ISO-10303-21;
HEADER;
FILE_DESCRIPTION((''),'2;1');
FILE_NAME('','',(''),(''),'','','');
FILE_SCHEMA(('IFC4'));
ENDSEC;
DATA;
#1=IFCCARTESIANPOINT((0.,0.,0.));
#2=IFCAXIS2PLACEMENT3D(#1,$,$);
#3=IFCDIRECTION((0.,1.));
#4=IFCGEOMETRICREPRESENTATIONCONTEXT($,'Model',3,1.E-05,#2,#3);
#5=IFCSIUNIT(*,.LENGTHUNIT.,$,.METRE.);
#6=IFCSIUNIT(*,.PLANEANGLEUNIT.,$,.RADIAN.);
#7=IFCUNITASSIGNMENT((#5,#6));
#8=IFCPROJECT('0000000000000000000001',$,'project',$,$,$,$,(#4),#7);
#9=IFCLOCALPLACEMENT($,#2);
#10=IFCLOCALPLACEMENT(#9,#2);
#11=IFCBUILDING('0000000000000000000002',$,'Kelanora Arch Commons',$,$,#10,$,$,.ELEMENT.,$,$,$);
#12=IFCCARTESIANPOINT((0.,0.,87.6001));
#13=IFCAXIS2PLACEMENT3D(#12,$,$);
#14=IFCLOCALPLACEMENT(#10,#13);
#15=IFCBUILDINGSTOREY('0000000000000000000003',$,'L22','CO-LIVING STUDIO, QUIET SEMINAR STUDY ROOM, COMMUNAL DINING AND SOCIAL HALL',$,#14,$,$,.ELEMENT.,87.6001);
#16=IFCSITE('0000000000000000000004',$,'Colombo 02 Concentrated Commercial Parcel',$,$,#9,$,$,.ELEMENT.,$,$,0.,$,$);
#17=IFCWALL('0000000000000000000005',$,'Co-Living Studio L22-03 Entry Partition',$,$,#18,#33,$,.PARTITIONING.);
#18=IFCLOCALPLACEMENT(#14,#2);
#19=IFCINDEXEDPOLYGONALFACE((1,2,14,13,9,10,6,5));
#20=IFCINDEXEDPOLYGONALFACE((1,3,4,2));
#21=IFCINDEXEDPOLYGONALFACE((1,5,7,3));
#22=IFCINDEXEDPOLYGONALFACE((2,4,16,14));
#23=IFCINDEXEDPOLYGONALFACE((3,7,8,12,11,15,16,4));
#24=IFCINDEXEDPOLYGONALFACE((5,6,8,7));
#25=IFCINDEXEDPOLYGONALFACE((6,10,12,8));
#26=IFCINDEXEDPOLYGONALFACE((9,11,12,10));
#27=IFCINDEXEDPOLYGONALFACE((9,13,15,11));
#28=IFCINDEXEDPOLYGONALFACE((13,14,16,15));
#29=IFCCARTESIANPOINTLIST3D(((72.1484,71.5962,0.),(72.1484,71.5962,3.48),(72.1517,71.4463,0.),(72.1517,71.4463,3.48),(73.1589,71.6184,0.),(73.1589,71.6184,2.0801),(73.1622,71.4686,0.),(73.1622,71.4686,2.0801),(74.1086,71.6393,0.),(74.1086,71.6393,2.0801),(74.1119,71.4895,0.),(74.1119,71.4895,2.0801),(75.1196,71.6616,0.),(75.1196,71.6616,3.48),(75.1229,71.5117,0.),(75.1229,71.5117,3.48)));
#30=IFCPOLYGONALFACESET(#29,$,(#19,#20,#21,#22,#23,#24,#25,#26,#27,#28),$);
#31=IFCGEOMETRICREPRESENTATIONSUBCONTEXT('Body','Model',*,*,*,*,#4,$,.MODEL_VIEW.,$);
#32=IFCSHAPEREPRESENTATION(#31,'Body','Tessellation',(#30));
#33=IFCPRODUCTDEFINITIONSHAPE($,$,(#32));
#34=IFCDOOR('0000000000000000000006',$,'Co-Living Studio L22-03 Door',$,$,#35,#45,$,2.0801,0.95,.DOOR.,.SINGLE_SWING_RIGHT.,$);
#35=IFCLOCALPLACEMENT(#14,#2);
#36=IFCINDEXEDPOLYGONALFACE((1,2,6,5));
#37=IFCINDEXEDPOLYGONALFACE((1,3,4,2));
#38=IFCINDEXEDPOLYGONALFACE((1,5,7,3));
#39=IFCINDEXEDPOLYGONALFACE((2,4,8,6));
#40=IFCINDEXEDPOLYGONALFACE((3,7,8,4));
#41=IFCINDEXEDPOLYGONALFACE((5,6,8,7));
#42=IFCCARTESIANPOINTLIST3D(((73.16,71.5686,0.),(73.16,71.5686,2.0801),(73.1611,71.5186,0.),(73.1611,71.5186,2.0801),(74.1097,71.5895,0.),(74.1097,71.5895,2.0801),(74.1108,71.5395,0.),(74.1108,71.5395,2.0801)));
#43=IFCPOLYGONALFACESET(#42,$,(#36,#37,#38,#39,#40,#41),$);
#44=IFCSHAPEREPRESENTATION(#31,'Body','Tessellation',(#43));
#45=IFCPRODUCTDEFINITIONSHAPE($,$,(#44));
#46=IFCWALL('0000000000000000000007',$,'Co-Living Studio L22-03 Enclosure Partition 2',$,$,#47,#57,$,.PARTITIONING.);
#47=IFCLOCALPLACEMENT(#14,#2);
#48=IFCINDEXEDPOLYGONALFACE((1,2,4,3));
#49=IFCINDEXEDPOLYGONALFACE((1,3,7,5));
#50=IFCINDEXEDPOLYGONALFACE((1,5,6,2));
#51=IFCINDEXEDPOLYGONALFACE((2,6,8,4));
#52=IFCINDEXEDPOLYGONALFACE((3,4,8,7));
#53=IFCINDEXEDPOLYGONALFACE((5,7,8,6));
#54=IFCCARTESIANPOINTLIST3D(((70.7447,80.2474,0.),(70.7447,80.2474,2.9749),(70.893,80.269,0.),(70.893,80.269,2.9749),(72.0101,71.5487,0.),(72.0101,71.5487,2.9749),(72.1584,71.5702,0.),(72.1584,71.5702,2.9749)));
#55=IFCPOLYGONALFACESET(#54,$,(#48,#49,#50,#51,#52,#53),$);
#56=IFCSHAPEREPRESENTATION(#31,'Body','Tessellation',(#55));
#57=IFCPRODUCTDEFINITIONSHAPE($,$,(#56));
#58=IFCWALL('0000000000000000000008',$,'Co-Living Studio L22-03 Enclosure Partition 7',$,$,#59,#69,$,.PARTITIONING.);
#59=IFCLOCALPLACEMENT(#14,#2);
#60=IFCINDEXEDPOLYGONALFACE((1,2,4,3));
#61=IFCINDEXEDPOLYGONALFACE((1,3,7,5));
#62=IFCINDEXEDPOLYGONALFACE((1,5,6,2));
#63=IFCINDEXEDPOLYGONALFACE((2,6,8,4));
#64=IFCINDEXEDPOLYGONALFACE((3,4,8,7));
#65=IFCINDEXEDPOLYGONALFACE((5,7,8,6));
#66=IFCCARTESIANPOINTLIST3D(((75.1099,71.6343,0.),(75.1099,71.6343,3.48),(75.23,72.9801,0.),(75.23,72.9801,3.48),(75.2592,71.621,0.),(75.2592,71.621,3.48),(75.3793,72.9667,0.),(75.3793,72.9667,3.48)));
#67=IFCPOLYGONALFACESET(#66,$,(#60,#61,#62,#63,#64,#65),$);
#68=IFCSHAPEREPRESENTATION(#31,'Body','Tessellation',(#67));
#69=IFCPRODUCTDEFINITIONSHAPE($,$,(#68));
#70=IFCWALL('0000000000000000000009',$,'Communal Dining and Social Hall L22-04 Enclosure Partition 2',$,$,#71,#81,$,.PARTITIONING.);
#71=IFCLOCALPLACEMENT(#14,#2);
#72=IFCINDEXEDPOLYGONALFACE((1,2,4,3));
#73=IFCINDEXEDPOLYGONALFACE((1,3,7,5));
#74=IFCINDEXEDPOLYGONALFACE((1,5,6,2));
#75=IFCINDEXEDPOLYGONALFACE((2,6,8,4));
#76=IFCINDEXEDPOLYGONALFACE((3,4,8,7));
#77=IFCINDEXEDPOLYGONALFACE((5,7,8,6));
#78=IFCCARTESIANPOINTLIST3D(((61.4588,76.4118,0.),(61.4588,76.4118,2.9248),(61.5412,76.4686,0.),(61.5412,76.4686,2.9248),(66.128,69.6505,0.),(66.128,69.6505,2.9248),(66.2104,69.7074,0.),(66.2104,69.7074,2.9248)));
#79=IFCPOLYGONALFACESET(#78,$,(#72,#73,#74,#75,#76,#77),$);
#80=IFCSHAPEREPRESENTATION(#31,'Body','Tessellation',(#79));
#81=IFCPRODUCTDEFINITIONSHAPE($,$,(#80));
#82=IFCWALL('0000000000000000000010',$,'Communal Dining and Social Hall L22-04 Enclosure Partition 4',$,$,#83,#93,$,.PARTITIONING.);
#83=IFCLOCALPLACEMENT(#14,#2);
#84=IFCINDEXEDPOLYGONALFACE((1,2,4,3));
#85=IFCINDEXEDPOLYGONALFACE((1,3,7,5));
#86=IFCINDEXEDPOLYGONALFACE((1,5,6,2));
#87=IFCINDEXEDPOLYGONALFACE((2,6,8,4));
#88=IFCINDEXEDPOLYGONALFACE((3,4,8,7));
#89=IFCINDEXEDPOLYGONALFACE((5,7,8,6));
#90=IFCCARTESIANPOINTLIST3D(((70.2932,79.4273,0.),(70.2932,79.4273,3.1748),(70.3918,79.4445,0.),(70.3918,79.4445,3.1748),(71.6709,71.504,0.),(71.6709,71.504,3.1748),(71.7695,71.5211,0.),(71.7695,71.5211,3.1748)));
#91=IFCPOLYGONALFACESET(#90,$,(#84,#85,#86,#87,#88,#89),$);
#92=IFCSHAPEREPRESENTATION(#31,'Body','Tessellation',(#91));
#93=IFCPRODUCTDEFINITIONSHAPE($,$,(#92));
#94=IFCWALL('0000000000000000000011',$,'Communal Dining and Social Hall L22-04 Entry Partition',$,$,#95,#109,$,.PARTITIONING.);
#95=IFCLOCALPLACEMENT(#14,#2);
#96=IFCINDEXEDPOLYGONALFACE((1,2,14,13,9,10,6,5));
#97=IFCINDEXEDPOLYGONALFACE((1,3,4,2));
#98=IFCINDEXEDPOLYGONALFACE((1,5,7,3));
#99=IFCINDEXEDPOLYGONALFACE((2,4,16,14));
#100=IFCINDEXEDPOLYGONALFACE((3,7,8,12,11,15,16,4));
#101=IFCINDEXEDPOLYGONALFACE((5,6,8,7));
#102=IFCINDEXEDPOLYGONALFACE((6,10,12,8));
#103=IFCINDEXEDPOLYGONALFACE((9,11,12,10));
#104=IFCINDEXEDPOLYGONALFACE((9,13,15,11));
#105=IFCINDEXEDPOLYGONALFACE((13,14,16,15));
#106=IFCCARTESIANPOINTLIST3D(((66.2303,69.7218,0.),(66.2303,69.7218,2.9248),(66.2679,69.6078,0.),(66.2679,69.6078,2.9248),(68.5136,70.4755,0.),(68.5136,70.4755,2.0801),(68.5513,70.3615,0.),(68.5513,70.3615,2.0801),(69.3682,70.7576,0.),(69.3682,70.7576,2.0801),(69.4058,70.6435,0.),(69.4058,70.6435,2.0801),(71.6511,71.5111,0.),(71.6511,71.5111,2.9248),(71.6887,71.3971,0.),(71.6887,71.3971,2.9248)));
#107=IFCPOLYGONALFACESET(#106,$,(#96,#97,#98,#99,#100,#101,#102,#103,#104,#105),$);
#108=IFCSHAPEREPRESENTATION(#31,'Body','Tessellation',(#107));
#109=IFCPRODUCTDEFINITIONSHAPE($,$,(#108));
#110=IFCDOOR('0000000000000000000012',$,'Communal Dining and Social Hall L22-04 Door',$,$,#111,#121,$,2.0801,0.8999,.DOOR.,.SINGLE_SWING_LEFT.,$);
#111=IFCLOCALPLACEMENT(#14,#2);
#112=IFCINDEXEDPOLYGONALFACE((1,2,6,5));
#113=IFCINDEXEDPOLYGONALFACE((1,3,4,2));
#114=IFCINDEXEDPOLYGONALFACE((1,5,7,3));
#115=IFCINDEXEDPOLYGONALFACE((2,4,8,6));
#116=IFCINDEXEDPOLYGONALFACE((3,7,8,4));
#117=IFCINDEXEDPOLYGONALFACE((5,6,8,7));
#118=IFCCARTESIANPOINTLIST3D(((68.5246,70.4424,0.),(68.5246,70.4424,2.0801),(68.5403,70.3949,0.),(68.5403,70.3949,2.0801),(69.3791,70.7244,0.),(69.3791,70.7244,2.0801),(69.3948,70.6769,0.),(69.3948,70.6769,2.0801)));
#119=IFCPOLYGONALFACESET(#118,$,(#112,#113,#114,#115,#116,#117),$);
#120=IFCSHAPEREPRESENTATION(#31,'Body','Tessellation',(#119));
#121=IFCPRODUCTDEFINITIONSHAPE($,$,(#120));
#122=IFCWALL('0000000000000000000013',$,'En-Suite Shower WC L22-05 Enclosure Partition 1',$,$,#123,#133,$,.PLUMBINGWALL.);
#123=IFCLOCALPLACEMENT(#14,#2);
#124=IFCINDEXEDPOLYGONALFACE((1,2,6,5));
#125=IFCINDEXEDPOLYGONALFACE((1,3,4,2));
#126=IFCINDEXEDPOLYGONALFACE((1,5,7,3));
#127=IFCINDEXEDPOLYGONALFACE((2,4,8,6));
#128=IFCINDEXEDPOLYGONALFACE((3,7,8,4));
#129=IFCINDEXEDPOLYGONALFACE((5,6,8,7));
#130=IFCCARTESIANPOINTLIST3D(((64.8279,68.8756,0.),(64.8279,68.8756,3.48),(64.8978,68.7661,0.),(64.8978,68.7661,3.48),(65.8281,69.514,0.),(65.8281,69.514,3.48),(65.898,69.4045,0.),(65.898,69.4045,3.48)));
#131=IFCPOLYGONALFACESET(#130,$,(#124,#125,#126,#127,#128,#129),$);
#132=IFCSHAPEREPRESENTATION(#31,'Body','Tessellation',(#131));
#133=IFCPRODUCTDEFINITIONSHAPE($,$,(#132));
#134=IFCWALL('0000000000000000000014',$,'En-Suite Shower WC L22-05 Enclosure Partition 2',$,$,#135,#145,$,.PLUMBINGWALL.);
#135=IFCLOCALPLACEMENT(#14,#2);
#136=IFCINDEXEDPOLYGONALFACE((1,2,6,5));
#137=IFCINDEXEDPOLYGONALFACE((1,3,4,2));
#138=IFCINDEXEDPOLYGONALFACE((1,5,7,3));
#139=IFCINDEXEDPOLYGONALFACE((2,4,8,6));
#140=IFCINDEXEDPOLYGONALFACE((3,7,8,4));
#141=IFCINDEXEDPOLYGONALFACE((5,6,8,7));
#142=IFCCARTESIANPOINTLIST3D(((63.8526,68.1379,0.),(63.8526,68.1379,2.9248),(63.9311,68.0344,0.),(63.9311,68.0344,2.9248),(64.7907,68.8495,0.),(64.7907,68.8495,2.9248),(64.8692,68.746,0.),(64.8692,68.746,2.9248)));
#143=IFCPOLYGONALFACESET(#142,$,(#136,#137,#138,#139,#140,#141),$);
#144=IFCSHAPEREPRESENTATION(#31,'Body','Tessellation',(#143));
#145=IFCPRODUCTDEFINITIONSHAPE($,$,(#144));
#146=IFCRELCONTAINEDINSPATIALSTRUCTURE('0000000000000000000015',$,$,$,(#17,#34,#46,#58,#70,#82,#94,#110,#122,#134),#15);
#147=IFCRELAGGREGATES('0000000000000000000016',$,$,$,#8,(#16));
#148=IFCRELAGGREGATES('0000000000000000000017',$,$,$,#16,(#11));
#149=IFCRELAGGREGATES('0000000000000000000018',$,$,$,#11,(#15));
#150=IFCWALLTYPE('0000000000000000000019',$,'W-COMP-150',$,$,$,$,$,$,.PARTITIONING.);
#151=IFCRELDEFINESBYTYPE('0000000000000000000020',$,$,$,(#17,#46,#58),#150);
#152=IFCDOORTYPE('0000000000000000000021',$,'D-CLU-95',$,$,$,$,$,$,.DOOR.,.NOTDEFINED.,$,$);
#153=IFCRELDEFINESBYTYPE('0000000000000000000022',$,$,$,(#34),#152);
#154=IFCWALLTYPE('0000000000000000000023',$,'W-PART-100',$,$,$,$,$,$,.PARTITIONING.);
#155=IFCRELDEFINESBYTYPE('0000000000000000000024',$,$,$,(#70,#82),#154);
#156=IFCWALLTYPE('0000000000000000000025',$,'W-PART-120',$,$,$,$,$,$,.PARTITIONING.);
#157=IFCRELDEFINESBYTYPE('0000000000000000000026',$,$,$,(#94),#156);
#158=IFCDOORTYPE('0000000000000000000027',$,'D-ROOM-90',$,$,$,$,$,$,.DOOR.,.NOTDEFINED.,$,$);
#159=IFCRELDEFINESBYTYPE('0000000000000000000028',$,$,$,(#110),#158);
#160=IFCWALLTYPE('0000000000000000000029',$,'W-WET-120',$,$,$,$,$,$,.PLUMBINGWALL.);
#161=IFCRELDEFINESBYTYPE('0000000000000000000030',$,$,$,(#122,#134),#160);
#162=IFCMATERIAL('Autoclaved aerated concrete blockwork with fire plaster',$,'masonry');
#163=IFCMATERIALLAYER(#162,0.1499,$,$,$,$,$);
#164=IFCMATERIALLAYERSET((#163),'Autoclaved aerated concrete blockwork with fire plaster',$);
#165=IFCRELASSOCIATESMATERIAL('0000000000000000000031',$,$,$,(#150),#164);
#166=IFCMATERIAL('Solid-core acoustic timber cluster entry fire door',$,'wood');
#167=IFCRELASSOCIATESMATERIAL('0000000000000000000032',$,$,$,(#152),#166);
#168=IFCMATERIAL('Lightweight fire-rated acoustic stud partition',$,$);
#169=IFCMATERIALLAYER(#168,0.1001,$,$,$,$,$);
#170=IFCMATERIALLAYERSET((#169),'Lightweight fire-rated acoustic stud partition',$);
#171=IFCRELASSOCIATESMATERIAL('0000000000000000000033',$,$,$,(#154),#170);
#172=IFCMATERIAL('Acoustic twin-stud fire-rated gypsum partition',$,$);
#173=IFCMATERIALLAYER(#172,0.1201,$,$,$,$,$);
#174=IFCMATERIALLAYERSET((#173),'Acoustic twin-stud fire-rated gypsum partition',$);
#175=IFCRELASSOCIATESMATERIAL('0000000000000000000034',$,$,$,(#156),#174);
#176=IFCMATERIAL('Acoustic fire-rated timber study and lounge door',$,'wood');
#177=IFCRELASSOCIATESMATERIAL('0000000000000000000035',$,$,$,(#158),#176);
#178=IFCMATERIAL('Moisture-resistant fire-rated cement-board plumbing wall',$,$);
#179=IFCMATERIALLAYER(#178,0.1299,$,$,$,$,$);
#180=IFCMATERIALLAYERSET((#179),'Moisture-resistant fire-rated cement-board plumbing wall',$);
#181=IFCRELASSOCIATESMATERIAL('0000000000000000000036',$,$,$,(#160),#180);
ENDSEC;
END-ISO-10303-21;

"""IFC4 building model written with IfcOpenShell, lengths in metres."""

from ifc_helpers import new_model, si_unit, direction, frame, frame_2d, origin, place, context, subcontext, project, spatial, rectangle, extrude, material, layer, layer_set, type_object, element, fill, save


model = new_model("IFC4")

# Units and contexts
model_context = context("Model", 3, precision=1e-05, world=origin(), true_north=direction((0.0, 1.0)))
body_context = subcontext(model_context, "Body", "Model", "MODEL_VIEW")
ifc_project = project(units=[si_unit("LENGTHUNIT", "METRE"), si_unit("PLANEANGLEUNIT", "RADIAN")], contexts=[model_context])

# Site, building, storey
site_placement = place(None, origin())
site = spatial("IfcSite", under=ifc_project, at=site_placement, Name="Colombo 02 Concentrated Commercial Parcel", CompositionType="ELEMENT", RefElevation=0.0)
building_placement = place(site_placement, origin())
building = spatial("IfcBuilding", under=site, at=building_placement, Name="Kelanora Arch Commons", CompositionType="ELEMENT")
storey_placement = place(building_placement, frame((0.0, 0.0, 87.6001)))
storey = spatial("IfcBuildingStorey", under=building, at=storey_placement, Name="L22", Description="CO-LIVING STUDIO, QUIET SEMINAR STUDY ROOM, COMMUNAL DINING AND SOCIAL HALL", CompositionType="ELEMENT", Elevation=87.6001)

# Wall, opening, door
ifc_material_1 = material(Name="Autoclaved aerated concrete blockwork with fire plaster", Category="masonry")
ifc_layer_1 = layer(ifc_material_1, 0.1499)
ifc_layer_set_1 = layer_set([ifc_layer_1], Name="Autoclaved aerated concrete blockwork with fire plaster")
wall_type_1 = type_object("IfcWallType", Name="W-COMP-150", PredefinedType="PARTITIONING", material=ifc_layer_set_1)
wall_1_placement = place(storey_placement, frame((75.1211, 71.5867, 0.0), z_axis=(0.0, 0.0, 1.0), x_axis=(-0.999758, -0.022016, 0.0)))
wall_1 = element("IfcWall", 1, at=wall_1_placement, inside=storey, type_object=wall_type_1, Name="Co-Living Studio L22-03 Entry Partition", PredefinedType="PARTITIONING", context=body_context, shape_type="SweptSolid", body=[
    extrude(rectangle(XDim=2.9719, YDim=0.1499, at=frame_2d((1.4858, 0.0))), origin(), (0.0, 0.0, 1.0), 3.48),
])
opening_1_placement = place(wall_1_placement, frame((1.011, 0.0, 0.0)))
opening_1 = element("IfcOpeningElement", 2, at=opening_1_placement, cuts=wall_1, PredefinedType="OPENING", context=body_context, shape_type="SweptSolid", body=[
    extrude(rectangle(XDim=0.95, YDim=2.0801, at=frame_2d((0.4751, 1.04))), frame((0.0, 0.085, 0.0), z_axis=(0.0, -1.0, 0.0), x_axis=(1.0, 0.0, 0.0)), (0.0, 0.0, 1.0), 0.1699),
])
ifc_material_2 = material(Name="Solid-core acoustic timber cluster entry fire door", Category="wood")
door_type_1 = type_object("IfcDoorType", Name="D-CLU-95", OperationType="NOTDEFINED", PredefinedType="DOOR", material=ifc_material_2)
door_1_placement = place(opening_1_placement, origin())
door_1 = element("IfcDoor", 3, at=door_1_placement, inside=storey, type_object=door_type_1, Name="Co-Living Studio L22-03 Door", OperationType="SINGLE_SWING_RIGHT", OverallHeight=2.0801, OverallWidth=0.95, PredefinedType="DOOR", context=body_context, shape_type="SweptSolid", body=[
    extrude(rectangle(XDim=0.95, YDim=2.0801, at=frame_2d((0.4751, 1.04))), frame((0.0, 0.0249, 0.0), z_axis=(0.0, -1.0, 0.0), x_axis=(1.0, 0.0, 0.0)), (0.0, 0.0, 1.0), 0.05),
])
fill(opening_1, door_1)

# Walls
wall_2_placement = place(storey_placement, frame((72.0842, 71.5596, 0.0), z_axis=(0.0, 0.0, 1.0), x_axis=(-0.143952, 0.989585, 0.0)))
element("IfcWall", 4, at=wall_2_placement, inside=storey, type_object=wall_type_1, Name="Co-Living Studio L22-03 Enclosure Partition 2", PredefinedType="PARTITIONING", context=body_context, shape_type="SweptSolid", body=[
    extrude(rectangle(XDim=8.7903, YDim=0.1499, at=frame_2d((4.395, 0.0))), origin(), (0.0, 0.0, 1.0), 2.9749),
])
wall_3_placement = place(storey_placement, frame((75.3047, 72.9734, 0.0), z_axis=(0.0, 0.0, 1.0), x_axis=(-0.088906, -0.99604, 0.0)))
element("IfcWall", 5, at=wall_3_placement, inside=storey, type_object=wall_type_1, Name="Co-Living Studio L22-03 Enclosure Partition 7", PredefinedType="PARTITIONING", context=body_context, shape_type="SweptSolid", body=[
    extrude(rectangle(XDim=1.3511, YDim=0.1499, at=frame_2d((0.6755, 0.0))), origin(), (0.0, 0.0, 1.0), 3.48),
])
ifc_material_3 = material(Name="Lightweight fire-rated acoustic stud partition")
ifc_layer_2 = layer(ifc_material_3, 0.1001)
ifc_layer_set_2 = layer_set([ifc_layer_2], Name="Lightweight fire-rated acoustic stud partition")
wall_type_2 = type_object("IfcWallType", Name="W-PART-100", PredefinedType="PARTITIONING", material=ifc_layer_set_2)
wall_4_placement = place(storey_placement, frame((66.1692, 69.679, 0.0), z_axis=(0.0, 0.0, 1.0), x_axis=(-0.56825, 0.822856, 0.0)))
element("IfcWall", 6, at=wall_4_placement, inside=storey, type_object=wall_type_2, Name="Communal Dining and Social Hall L22-04 Enclosure Partition 2", PredefinedType="PARTITIONING", context=body_context, shape_type="SweptSolid", body=[
    extrude(rectangle(XDim=8.2168, YDim=0.1001, at=frame_2d((4.1084, 0.0))), origin(), (0.0, 0.0, 1.0), 2.9248),
])
wall_5_placement = place(storey_placement, frame((70.3425, 79.4358, 0.0), z_axis=(0.0, 0.0, 1.0), x_axis=(0.171307, -0.985218, 0.0)))
element("IfcWall", 7, at=wall_5_placement, inside=storey, type_object=wall_type_2, Name="Communal Dining and Social Hall L22-04 Enclosure Partition 4", PredefinedType="PARTITIONING", context=body_context, shape_type="SweptSolid", body=[
    extrude(rectangle(XDim=8.0422, YDim=0.1001, at=frame_2d((4.021, 0.0))), origin(), (0.0, 0.0, 1.0), 3.1748),
])

# Wall, opening, door
ifc_material_4 = material(Name="Acoustic twin-stud fire-rated gypsum partition")
ifc_layer_3 = layer(ifc_material_4, 0.1201)
ifc_layer_set_3 = layer_set([ifc_layer_3], Name="Acoustic twin-stud fire-rated gypsum partition")
wall_type_3 = type_object("IfcWallType", Name="W-PART-120", PredefinedType="PARTITIONING", material=ifc_layer_set_3)
wall_6_placement = place(storey_placement, frame((71.6699, 71.4541, 0.0), z_axis=(0.0, 0.0, 1.0), x_axis=(-0.949607, -0.313442, 0.0)))
wall_6 = element("IfcWall", 8, at=wall_6_placement, inside=storey, type_object=wall_type_3, Name="Communal Dining and Social Hall L22-04 Entry Partition", PredefinedType="PARTITIONING", context=body_context, shape_type="SweptSolid", body=[
    extrude(rectangle(XDim=5.7085, YDim=0.1201, at=frame_2d((2.8542, 0.0))), origin(), (0.0, 0.0, 1.0), 2.9248),
])
opening_2_placement = place(wall_6_placement, frame((2.4041, 0.0, 0.0)))
opening_2 = element("IfcOpeningElement", 9, at=opening_2_placement, cuts=wall_6, PredefinedType="OPENING", context=body_context, shape_type="SweptSolid", body=[
    extrude(rectangle(XDim=0.8999, YDim=2.0801, at=frame_2d((0.45, 1.04))), frame((0.0, 0.0701, 0.0), z_axis=(0.0, -1.0, 0.0), x_axis=(1.0, 0.0, 0.0)), (0.0, 0.0, 1.0), 0.1401),
])
ifc_material_5 = material(Name="Acoustic fire-rated timber study and lounge door", Category="wood")
door_type_2 = type_object("IfcDoorType", Name="D-ROOM-90", OperationType="NOTDEFINED", PredefinedType="DOOR", material=ifc_material_5)
door_2_placement = place(opening_2_placement, origin())
door_2 = element("IfcDoor", 10, at=door_2_placement, inside=storey, type_object=door_type_2, Name="Communal Dining and Social Hall L22-04 Door", OperationType="SINGLE_SWING_LEFT", OverallHeight=2.0801, OverallWidth=0.8999, PredefinedType="DOOR", context=body_context, shape_type="SweptSolid", body=[
    extrude(rectangle(XDim=0.8999, YDim=2.0801, at=frame_2d((0.45, 1.04))), frame((0.0, 0.0249, 0.0), z_axis=(0.0, -1.0, 0.0), x_axis=(1.0, 0.0, 0.0)), (0.0, 0.0, 1.0), 0.05),
])
fill(opening_2, door_2)

# Walls
ifc_material_6 = material(Name="Moisture-resistant fire-rated cement-board plumbing wall")
ifc_layer_4 = layer(ifc_material_6, 0.1299)
ifc_layer_set_4 = layer_set([ifc_layer_4], Name="Moisture-resistant fire-rated cement-board plumbing wall")
wall_type_4 = type_object("IfcWallType", Name="W-WET-120", PredefinedType="PLUMBINGWALL", material=ifc_layer_set_4)
wall_7_placement = place(storey_placement, frame((65.863, 69.4592, 0.0), z_axis=(0.0, 0.0, 1.0), x_axis=(-0.842932, -0.53802, 0.0)))
element("IfcWall", 11, at=wall_7_placement, inside=storey, type_object=wall_type_4, Name="En-Suite Shower WC L22-05 Enclosure Partition 1", PredefinedType="PLUMBINGWALL", context=body_context, shape_type="SweptSolid", body=[
    extrude(rectangle(XDim=1.1865, YDim=0.1299, at=frame_2d((0.5933, 0.0))), origin(), (0.0, 0.0, 1.0), 3.48),
])
wall_8_placement = place(storey_placement, frame((64.8301, 68.7979, 0.0), z_axis=(0.0, 0.0, 1.0), x_axis=(-0.796729, -0.604337, 0.0)))
element("IfcWall", 12, at=wall_8_placement, inside=storey, type_object=wall_type_4, Name="En-Suite Shower WC L22-05 Enclosure Partition 2", PredefinedType="PLUMBINGWALL", context=body_context, shape_type="SweptSolid", body=[
    extrude(rectangle(XDim=1.1775, YDim=0.1299, at=frame_2d((0.5889, 0.0))), origin(), (0.0, 0.0, 1.0), 2.9248),
])

save(model, "model.ifc")
